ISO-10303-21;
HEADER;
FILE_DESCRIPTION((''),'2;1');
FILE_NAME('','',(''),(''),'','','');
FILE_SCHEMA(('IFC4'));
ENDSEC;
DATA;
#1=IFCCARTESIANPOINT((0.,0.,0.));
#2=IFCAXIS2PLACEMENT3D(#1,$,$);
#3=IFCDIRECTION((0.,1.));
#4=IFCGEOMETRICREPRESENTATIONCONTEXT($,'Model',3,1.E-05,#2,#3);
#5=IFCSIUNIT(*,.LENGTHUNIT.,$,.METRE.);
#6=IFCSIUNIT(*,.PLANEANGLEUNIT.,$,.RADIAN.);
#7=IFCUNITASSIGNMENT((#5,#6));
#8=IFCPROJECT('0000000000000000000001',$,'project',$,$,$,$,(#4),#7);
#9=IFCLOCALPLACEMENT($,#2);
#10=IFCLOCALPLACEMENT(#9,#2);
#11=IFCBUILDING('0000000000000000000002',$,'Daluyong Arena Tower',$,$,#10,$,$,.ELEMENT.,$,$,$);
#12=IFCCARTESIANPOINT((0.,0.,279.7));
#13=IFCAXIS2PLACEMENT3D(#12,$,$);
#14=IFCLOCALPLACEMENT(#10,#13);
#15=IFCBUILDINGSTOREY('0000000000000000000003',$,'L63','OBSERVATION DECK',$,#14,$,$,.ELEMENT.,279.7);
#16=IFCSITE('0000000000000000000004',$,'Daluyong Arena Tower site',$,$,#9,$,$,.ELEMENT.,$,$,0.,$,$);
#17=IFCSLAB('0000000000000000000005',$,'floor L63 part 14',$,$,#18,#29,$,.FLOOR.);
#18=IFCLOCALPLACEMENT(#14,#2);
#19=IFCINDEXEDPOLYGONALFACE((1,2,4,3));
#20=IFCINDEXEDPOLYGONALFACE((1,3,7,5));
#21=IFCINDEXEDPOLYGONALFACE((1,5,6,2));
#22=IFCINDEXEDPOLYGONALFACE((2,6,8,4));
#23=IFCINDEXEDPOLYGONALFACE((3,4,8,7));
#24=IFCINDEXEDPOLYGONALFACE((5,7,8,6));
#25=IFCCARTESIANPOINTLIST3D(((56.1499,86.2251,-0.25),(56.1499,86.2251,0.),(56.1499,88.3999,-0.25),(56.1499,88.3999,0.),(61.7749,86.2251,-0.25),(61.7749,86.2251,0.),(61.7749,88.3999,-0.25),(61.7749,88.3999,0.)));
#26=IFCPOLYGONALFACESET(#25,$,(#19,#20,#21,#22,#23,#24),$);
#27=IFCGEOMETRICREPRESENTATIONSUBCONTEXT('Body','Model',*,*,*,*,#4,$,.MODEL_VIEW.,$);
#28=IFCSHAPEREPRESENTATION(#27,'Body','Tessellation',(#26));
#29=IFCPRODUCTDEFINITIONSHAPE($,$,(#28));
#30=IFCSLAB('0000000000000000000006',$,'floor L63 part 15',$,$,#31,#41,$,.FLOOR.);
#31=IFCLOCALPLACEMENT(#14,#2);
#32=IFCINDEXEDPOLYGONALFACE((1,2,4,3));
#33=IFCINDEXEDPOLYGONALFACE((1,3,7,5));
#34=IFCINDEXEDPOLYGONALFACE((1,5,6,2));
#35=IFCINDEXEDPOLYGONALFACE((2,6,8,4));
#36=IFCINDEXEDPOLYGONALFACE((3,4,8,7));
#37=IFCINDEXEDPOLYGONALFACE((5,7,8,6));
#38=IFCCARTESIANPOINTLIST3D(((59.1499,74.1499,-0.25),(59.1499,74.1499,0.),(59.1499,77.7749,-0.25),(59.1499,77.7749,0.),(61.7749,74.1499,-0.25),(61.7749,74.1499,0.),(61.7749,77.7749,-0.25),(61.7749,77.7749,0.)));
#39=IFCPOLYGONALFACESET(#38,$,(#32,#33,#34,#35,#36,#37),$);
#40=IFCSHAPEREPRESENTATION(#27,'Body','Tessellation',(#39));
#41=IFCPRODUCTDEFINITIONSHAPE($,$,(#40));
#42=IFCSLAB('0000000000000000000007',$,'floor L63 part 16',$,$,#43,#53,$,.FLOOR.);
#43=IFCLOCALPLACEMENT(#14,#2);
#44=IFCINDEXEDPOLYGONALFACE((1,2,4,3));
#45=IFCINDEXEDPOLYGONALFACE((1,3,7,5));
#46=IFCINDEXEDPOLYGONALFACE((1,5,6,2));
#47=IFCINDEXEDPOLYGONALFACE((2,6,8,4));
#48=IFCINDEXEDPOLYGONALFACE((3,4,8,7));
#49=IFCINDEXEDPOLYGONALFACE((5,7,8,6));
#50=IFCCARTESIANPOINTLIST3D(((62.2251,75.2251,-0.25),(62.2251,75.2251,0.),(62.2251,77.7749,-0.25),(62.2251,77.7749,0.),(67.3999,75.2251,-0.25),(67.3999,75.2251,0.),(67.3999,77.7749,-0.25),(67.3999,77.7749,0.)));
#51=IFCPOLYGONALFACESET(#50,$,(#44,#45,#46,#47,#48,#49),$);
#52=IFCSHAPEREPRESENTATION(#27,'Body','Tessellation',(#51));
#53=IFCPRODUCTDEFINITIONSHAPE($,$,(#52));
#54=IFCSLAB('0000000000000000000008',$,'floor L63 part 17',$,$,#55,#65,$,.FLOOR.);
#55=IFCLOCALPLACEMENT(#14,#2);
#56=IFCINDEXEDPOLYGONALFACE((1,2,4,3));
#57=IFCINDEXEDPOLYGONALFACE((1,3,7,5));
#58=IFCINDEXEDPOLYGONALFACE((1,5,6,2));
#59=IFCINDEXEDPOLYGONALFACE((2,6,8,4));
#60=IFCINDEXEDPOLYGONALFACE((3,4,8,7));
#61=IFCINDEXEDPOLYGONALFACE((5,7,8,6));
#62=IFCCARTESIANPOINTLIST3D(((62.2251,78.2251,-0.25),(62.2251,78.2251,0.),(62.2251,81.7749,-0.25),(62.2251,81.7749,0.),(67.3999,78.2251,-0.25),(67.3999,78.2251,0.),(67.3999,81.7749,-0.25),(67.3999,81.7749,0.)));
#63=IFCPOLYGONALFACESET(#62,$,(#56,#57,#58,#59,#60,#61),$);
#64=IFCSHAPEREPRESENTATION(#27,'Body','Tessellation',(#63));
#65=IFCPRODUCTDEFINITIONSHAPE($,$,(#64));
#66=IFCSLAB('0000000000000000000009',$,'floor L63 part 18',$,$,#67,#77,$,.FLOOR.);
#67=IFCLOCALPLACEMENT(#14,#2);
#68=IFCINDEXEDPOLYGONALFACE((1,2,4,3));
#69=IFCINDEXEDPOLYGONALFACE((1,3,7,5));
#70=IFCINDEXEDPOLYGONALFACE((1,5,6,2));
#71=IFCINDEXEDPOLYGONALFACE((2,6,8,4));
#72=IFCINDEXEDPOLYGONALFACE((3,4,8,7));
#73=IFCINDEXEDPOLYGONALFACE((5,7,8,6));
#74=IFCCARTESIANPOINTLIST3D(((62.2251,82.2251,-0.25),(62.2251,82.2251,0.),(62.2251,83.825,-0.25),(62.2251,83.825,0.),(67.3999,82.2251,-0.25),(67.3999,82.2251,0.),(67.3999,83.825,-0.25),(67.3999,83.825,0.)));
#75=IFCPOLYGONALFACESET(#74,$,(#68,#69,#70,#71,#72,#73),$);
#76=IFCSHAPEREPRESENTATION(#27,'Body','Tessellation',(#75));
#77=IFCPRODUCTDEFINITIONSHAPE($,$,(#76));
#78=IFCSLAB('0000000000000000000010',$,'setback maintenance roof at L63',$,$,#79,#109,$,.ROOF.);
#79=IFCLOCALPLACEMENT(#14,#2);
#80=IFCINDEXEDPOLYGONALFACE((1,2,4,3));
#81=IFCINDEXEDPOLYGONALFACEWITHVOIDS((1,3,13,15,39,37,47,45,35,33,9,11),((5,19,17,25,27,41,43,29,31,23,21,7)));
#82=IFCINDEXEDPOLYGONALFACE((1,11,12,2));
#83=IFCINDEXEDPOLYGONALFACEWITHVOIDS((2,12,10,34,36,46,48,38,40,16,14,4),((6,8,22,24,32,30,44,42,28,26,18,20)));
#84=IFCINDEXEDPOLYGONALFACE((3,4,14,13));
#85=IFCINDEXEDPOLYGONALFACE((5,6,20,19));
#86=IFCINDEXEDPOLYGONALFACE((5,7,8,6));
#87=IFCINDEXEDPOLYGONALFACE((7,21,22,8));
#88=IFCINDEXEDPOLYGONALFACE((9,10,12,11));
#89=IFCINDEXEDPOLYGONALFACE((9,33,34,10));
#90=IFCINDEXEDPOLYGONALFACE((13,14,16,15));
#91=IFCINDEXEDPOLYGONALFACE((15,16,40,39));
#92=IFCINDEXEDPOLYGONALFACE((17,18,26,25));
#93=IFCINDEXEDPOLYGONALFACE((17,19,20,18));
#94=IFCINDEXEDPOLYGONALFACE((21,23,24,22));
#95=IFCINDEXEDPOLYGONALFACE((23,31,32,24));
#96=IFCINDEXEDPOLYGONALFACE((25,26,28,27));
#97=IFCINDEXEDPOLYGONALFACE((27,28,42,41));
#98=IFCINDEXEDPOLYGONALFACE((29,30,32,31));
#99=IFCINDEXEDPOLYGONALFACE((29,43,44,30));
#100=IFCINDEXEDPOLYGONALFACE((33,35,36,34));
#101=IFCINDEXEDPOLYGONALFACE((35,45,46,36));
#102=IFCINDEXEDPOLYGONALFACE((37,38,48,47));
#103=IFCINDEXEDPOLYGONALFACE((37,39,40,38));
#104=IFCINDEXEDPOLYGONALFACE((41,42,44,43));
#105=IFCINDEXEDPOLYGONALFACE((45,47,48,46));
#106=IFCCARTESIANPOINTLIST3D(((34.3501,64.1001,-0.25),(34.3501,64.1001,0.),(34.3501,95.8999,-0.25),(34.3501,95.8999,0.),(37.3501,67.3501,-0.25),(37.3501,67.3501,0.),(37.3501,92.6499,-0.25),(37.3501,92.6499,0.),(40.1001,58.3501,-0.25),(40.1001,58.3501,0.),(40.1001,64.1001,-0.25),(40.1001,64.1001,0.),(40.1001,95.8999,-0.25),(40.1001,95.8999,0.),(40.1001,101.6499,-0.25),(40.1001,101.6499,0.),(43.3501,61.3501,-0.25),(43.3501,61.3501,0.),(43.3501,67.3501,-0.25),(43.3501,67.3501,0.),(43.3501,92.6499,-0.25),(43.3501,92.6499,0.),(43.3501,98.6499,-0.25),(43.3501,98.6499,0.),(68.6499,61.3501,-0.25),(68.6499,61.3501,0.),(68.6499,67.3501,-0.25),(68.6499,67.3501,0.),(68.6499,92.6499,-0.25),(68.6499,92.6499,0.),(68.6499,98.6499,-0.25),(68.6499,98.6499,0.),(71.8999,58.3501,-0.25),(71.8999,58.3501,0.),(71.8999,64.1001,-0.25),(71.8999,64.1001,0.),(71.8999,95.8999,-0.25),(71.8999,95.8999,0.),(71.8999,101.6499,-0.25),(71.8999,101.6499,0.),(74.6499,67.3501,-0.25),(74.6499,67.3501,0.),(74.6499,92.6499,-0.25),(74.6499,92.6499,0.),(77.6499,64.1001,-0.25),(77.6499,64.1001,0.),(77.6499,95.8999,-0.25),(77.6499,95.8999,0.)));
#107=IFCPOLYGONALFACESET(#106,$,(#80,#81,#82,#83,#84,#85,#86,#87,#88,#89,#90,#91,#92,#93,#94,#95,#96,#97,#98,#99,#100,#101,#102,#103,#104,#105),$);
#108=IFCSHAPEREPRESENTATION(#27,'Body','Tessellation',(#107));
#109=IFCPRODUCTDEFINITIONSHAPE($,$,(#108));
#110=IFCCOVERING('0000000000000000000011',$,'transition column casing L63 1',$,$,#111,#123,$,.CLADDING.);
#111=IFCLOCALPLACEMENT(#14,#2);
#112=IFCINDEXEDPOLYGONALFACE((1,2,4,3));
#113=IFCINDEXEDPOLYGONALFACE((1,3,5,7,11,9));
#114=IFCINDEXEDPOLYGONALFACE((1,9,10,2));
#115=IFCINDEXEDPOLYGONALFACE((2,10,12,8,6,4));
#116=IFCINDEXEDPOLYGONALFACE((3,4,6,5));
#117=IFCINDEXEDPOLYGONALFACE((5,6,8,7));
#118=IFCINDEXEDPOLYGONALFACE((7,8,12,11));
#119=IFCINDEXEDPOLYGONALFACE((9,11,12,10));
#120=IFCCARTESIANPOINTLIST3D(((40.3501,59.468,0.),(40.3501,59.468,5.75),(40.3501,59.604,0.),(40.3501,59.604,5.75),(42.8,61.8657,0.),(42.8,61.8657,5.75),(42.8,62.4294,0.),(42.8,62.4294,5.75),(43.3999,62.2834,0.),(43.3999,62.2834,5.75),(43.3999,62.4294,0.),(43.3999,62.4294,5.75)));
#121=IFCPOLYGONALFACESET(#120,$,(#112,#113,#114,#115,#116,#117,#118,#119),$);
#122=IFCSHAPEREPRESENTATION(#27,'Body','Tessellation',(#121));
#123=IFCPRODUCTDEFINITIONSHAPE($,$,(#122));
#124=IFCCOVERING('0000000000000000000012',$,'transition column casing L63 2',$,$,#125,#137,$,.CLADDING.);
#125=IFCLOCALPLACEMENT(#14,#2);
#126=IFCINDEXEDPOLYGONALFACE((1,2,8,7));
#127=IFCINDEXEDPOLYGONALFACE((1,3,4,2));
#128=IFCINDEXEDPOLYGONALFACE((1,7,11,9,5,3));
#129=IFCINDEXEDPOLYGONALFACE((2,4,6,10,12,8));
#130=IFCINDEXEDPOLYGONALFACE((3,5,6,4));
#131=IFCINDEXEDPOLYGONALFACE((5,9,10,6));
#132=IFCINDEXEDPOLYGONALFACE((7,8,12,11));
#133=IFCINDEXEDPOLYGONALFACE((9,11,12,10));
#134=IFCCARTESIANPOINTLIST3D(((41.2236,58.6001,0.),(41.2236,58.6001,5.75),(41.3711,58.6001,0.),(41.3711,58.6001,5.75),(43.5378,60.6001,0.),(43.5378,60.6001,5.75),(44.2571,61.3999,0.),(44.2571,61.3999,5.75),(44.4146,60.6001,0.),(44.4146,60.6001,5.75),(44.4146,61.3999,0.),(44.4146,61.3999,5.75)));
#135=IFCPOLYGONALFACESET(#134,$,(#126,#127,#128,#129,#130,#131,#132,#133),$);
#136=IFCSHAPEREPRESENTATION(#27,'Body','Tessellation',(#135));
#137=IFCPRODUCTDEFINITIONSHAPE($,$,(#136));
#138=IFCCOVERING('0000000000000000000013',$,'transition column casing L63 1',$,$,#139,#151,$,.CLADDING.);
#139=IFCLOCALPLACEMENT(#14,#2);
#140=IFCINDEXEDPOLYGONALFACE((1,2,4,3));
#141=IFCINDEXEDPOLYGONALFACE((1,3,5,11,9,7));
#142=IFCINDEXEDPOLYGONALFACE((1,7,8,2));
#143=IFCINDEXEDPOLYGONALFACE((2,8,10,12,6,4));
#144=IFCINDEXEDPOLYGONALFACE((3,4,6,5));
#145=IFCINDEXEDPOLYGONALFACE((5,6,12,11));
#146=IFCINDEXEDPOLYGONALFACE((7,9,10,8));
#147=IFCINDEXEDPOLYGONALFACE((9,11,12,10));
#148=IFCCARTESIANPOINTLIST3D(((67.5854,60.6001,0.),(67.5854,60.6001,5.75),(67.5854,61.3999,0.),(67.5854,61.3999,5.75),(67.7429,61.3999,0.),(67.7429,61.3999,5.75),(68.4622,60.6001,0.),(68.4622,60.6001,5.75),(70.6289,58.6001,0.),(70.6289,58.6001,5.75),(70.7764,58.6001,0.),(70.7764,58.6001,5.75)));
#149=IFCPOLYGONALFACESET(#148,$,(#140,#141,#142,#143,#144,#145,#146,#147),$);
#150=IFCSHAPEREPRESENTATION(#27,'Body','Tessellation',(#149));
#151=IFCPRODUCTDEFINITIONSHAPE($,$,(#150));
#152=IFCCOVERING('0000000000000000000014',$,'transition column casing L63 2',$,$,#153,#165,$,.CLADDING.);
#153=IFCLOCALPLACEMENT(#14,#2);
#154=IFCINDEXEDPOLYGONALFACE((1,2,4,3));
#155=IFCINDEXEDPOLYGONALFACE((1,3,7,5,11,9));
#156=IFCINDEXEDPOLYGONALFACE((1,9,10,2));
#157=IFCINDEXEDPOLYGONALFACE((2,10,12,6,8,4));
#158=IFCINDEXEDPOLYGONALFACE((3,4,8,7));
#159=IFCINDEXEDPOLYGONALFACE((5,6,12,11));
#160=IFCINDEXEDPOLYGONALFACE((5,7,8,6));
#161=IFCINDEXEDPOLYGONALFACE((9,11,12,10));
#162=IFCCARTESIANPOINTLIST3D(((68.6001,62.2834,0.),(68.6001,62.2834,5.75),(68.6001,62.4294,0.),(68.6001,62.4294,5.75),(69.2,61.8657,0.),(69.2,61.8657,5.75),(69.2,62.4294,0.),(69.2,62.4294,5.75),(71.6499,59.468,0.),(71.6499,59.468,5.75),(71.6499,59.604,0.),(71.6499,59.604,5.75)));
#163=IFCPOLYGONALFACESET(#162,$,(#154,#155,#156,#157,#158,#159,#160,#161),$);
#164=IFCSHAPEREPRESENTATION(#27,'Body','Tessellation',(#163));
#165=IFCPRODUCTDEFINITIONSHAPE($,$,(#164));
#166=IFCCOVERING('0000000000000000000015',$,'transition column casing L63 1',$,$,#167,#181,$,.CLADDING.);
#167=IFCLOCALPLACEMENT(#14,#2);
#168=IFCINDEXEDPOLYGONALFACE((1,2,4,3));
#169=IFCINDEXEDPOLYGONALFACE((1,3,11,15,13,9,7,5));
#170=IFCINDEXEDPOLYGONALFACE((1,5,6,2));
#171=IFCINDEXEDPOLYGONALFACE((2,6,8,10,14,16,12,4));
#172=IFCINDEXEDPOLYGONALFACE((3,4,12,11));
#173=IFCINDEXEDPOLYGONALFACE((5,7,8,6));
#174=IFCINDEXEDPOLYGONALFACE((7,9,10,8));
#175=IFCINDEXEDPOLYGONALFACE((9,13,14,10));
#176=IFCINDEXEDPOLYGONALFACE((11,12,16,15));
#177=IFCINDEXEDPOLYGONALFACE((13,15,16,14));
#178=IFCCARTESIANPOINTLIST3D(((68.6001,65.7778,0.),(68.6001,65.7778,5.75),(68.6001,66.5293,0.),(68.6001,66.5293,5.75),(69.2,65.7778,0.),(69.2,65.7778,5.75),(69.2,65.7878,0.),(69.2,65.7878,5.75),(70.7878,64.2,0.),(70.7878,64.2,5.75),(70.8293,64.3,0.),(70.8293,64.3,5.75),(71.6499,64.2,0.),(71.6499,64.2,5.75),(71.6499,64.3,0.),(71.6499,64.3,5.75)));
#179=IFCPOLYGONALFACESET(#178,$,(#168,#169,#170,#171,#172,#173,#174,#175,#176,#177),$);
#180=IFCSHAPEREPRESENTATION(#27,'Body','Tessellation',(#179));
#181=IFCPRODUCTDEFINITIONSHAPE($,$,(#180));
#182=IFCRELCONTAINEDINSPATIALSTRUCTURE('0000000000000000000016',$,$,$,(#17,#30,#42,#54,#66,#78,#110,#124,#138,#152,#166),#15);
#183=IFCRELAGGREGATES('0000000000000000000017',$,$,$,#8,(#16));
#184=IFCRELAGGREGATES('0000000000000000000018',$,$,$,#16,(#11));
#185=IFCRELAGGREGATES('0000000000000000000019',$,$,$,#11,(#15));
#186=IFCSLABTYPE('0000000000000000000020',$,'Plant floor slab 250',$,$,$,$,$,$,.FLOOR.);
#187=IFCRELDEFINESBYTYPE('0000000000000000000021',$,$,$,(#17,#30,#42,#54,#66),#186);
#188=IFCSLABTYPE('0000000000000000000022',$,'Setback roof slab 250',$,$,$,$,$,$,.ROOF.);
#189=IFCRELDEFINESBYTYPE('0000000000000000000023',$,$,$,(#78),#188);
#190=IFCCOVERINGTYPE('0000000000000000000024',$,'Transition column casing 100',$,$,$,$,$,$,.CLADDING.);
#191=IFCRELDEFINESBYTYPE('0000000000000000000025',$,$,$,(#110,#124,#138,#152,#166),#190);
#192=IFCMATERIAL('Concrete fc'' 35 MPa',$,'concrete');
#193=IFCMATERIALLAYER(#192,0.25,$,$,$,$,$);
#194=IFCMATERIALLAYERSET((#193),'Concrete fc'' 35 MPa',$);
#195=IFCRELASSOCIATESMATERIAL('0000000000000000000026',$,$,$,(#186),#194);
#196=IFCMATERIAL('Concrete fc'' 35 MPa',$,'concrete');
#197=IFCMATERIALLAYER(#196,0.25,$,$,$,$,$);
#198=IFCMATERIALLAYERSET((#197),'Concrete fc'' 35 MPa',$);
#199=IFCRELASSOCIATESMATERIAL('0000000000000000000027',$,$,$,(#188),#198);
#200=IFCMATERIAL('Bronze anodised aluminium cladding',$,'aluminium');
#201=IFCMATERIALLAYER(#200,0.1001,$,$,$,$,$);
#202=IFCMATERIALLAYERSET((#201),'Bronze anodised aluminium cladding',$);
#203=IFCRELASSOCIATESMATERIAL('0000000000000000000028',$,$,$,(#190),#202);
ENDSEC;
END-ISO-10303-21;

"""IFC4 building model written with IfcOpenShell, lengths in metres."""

from ifc_helpers import new_model, si_unit, direction, frame, origin, place, context, subcontext, project, spatial, polyline, outline, extrude, material, layer, layer_set, type_object, element, save


model = new_model("IFC4")

# Units and contexts
model_context = context("Model", 3, precision=1e-05, world=origin(), true_north=direction((0.0, 1.0)))
body_context = subcontext(model_context, "Body", "Model", "MODEL_VIEW")
ifc_project = project(units=[si_unit("LENGTHUNIT", "METRE"), si_unit("PLANEANGLEUNIT", "RADIAN")], contexts=[model_context])

# Site, building, storey
site_placement = place(None, origin())
site = spatial("IfcSite", under=ifc_project, at=site_placement, Name="Daluyong Arena Tower site", CompositionType="ELEMENT", RefElevation=0.0)
building_placement = place(site_placement, origin())
building = spatial("IfcBuilding", under=site, at=building_placement, Name="Daluyong Arena Tower", CompositionType="ELEMENT")
storey_placement = place(building_placement, frame((0.0, 0.0, 279.7)))
storey = spatial("IfcBuildingStorey", under=building, at=storey_placement, Name="L63", Description="OBSERVATION DECK", CompositionType="ELEMENT", Elevation=279.7)

# Slabs
ifc_material_1 = material(Name="Concrete fc' 35 MPa", Category="concrete")
ifc_layer_1 = layer(ifc_material_1, 0.25)
ifc_layer_set_1 = layer_set([ifc_layer_1], Name="Concrete fc' 35 MPa")
slab_type_1 = type_object("IfcSlabType", Name="Plant floor slab 250", PredefinedType="FLOOR", material=ifc_layer_set_1)
slab_1_placement = place(storey_placement, frame((0.0, 0.0, -0.25)))
element("IfcSlab", 1, at=slab_1_placement, inside=storey, type_object=slab_type_1, Name="floor L63 part 14", PredefinedType="FLOOR", context=body_context, shape_type="SweptSolid", body=[
    extrude(outline(polyline([(56.1499, 88.3999), (56.1499, 86.2251), (61.7749, 86.2251), (61.7749, 88.3999), (56.1499, 88.3999)])), origin(), (0.0, 0.0, 1.0), 0.25),
])
slab_2_placement = place(storey_placement, frame((0.0, 0.0, -0.25)))
element("IfcSlab", 2, at=slab_2_placement, inside=storey, type_object=slab_type_1, Name="floor L63 part 15", PredefinedType="FLOOR", context=body_context, shape_type="SweptSolid", body=[
    extrude(outline(polyline([(61.7749, 77.7749), (59.1499, 77.7749), (59.1499, 74.1499), (61.7749, 74.1499), (61.7749, 77.7749)])), origin(), (0.0, 0.0, 1.0), 0.25),
])
slab_3_placement = place(storey_placement, frame((0.0, 0.0, -0.25)))
element("IfcSlab", 3, at=slab_3_placement, inside=storey, type_object=slab_type_1, Name="floor L63 part 16", PredefinedType="FLOOR", context=body_context, shape_type="SweptSolid", body=[
    extrude(outline(polyline([(67.3999, 75.2251), (67.3999, 77.7749), (62.2251, 77.7749), (62.2251, 75.2251), (67.3999, 75.2251)])), origin(), (0.0, 0.0, 1.0), 0.25),
])
slab_4_placement = place(storey_placement, frame((0.0, 0.0, -0.25)))
element("IfcSlab", 4, at=slab_4_placement, inside=storey, type_object=slab_type_1, Name="floor L63 part 17", PredefinedType="FLOOR", context=body_context, shape_type="SweptSolid", body=[
    extrude(outline(polyline([(67.3999, 78.2251), (67.3999, 81.7749), (62.2251, 81.7749), (62.2251, 78.2251), (67.3999, 78.2251)])), origin(), (0.0, 0.0, 1.0), 0.25),
])
slab_5_placement = place(storey_placement, frame((0.0, 0.0, -0.25)))
element("IfcSlab", 5, at=slab_5_placement, inside=storey, type_object=slab_type_1, Name="floor L63 part 18", PredefinedType="FLOOR", context=body_context, shape_type="SweptSolid", body=[
    extrude(outline(polyline([(67.3999, 83.825), (62.2251, 83.825), (62.2251, 82.2251), (67.3999, 82.2251), (67.3999, 83.825)])), origin(), (0.0, 0.0, 1.0), 0.25),
])
ifc_material_2 = material(Name="Concrete fc' 35 MPa", Category="concrete")
ifc_layer_2 = layer(ifc_material_2, 0.25)
ifc_layer_set_2 = layer_set([ifc_layer_2], Name="Concrete fc' 35 MPa")
slab_type_2 = type_object("IfcSlabType", Name="Setback roof slab 250", PredefinedType="ROOF", material=ifc_layer_set_2)
slab_6_placement = place(storey_placement, frame((0.0, 0.0, -0.25)))
element("IfcSlab", 6, at=slab_6_placement, inside=storey, type_object=slab_type_2, Name="setback maintenance roof at L63", PredefinedType="ROOF", context=body_context, shape_type="SweptSolid", body=[
    extrude(outline(polyline([(40.1001, 64.1001), (40.1001, 58.3501), (71.8999, 58.3501), (71.8999, 64.1001), (77.6499, 64.1001), (77.6499, 95.8999), (71.8999, 95.8999), (71.8999, 101.6499), (40.1001, 101.6499), (40.1001, 95.8999), (34.3501, 95.8999), (34.3501, 64.1001), (40.1001, 64.1001)]), holes=[polyline([(68.6499, 61.3501), (43.3501, 61.3501), (43.3501, 67.3501), (37.3501, 67.3501), (37.3501, 92.6499), (43.3501, 92.6499), (43.3501, 98.6499), (68.6499, 98.6499), (68.6499, 92.6499), (74.6499, 92.6499), (74.6499, 67.3501), (68.6499, 67.3501), (68.6499, 61.3501)])]), origin(), (0.0, 0.0, 1.0), 0.25),
])

# Coverings
ifc_material_3 = material(Name="Bronze anodised aluminium cladding", Category="aluminium")
ifc_layer_3 = layer(ifc_material_3, 0.1001)
ifc_layer_set_3 = layer_set([ifc_layer_3], Name="Bronze anodised aluminium cladding")
covering_type = type_object("IfcCoveringType", Name="Transition column casing 100", PredefinedType="CLADDING", material=ifc_layer_set_3)
covering_1_placement = place(storey_placement, origin())
element("IfcCovering", 7, at=covering_1_placement, inside=storey, type_object=covering_type, Name="transition column casing L63 1", PredefinedType="CLADDING", context=body_context, shape_type="SweptSolid", body=[
    extrude(outline(polyline([(42.8, 62.4294), (43.3999, 62.4294), (43.3999, 62.2834), (40.3501, 59.468), (40.3501, 59.604), (42.8, 61.8657), (42.8, 62.4294)])), origin(), (0.0, 0.0, 1.0), 5.75),
])
covering_2_placement = place(storey_placement, origin())
element("IfcCovering", 8, at=covering_2_placement, inside=storey, type_object=covering_type, Name="transition column casing L63 2", PredefinedType="CLADDING", context=body_context, shape_type="SweptSolid", body=[
    extrude(outline(polyline([(44.2571, 61.3999), (44.4146, 61.3999), (44.4146, 60.6001), (43.5378, 60.6001), (41.3711, 58.6001), (41.2236, 58.6001), (44.2571, 61.3999)])), origin(), (0.0, 0.0, 1.0), 5.75),
])
covering_3_placement = place(storey_placement, origin())
element("IfcCovering", 9, at=covering_3_placement, inside=storey, type_object=covering_type, Name="transition column casing L63 1", PredefinedType="CLADDING", context=body_context, shape_type="SweptSolid", body=[
    extrude(outline(polyline([(67.5854, 61.3999), (67.7429, 61.3999), (70.7764, 58.6001), (70.6289, 58.6001), (68.4622, 60.6001), (67.5854, 60.6001), (67.5854, 61.3999)])), origin(), (0.0, 0.0, 1.0), 5.75),
])
covering_4_placement = place(storey_placement, origin())
element("IfcCovering", 10, at=covering_4_placement, inside=storey, type_object=covering_type, Name="transition column casing L63 2", PredefinedType="CLADDING", context=body_context, shape_type="SweptSolid", body=[
    extrude(outline(polyline([(68.6001, 62.2834), (68.6001, 62.4294), (69.2, 62.4294), (69.2, 61.8657), (71.6499, 59.604), (71.6499, 59.468), (68.6001, 62.2834)])), origin(), (0.0, 0.0, 1.0), 5.75),
])
covering_5_placement = place(storey_placement, origin())
element("IfcCovering", 11, at=covering_5_placement, inside=storey, type_object=covering_type, Name="transition column casing L63 1", PredefinedType="CLADDING", context=body_context, shape_type="SweptSolid", body=[
    extrude(outline(polyline([(68.6001, 65.7778), (68.6001, 66.5293), (70.8293, 64.3), (71.6499, 64.3), (71.6499, 64.2), (70.7878, 64.2), (69.2, 65.7878), (69.2, 65.7778), (68.6001, 65.7778)])), origin(), (0.0, 0.0, 1.0), 5.75),
])

save(model, "model.ifc")
